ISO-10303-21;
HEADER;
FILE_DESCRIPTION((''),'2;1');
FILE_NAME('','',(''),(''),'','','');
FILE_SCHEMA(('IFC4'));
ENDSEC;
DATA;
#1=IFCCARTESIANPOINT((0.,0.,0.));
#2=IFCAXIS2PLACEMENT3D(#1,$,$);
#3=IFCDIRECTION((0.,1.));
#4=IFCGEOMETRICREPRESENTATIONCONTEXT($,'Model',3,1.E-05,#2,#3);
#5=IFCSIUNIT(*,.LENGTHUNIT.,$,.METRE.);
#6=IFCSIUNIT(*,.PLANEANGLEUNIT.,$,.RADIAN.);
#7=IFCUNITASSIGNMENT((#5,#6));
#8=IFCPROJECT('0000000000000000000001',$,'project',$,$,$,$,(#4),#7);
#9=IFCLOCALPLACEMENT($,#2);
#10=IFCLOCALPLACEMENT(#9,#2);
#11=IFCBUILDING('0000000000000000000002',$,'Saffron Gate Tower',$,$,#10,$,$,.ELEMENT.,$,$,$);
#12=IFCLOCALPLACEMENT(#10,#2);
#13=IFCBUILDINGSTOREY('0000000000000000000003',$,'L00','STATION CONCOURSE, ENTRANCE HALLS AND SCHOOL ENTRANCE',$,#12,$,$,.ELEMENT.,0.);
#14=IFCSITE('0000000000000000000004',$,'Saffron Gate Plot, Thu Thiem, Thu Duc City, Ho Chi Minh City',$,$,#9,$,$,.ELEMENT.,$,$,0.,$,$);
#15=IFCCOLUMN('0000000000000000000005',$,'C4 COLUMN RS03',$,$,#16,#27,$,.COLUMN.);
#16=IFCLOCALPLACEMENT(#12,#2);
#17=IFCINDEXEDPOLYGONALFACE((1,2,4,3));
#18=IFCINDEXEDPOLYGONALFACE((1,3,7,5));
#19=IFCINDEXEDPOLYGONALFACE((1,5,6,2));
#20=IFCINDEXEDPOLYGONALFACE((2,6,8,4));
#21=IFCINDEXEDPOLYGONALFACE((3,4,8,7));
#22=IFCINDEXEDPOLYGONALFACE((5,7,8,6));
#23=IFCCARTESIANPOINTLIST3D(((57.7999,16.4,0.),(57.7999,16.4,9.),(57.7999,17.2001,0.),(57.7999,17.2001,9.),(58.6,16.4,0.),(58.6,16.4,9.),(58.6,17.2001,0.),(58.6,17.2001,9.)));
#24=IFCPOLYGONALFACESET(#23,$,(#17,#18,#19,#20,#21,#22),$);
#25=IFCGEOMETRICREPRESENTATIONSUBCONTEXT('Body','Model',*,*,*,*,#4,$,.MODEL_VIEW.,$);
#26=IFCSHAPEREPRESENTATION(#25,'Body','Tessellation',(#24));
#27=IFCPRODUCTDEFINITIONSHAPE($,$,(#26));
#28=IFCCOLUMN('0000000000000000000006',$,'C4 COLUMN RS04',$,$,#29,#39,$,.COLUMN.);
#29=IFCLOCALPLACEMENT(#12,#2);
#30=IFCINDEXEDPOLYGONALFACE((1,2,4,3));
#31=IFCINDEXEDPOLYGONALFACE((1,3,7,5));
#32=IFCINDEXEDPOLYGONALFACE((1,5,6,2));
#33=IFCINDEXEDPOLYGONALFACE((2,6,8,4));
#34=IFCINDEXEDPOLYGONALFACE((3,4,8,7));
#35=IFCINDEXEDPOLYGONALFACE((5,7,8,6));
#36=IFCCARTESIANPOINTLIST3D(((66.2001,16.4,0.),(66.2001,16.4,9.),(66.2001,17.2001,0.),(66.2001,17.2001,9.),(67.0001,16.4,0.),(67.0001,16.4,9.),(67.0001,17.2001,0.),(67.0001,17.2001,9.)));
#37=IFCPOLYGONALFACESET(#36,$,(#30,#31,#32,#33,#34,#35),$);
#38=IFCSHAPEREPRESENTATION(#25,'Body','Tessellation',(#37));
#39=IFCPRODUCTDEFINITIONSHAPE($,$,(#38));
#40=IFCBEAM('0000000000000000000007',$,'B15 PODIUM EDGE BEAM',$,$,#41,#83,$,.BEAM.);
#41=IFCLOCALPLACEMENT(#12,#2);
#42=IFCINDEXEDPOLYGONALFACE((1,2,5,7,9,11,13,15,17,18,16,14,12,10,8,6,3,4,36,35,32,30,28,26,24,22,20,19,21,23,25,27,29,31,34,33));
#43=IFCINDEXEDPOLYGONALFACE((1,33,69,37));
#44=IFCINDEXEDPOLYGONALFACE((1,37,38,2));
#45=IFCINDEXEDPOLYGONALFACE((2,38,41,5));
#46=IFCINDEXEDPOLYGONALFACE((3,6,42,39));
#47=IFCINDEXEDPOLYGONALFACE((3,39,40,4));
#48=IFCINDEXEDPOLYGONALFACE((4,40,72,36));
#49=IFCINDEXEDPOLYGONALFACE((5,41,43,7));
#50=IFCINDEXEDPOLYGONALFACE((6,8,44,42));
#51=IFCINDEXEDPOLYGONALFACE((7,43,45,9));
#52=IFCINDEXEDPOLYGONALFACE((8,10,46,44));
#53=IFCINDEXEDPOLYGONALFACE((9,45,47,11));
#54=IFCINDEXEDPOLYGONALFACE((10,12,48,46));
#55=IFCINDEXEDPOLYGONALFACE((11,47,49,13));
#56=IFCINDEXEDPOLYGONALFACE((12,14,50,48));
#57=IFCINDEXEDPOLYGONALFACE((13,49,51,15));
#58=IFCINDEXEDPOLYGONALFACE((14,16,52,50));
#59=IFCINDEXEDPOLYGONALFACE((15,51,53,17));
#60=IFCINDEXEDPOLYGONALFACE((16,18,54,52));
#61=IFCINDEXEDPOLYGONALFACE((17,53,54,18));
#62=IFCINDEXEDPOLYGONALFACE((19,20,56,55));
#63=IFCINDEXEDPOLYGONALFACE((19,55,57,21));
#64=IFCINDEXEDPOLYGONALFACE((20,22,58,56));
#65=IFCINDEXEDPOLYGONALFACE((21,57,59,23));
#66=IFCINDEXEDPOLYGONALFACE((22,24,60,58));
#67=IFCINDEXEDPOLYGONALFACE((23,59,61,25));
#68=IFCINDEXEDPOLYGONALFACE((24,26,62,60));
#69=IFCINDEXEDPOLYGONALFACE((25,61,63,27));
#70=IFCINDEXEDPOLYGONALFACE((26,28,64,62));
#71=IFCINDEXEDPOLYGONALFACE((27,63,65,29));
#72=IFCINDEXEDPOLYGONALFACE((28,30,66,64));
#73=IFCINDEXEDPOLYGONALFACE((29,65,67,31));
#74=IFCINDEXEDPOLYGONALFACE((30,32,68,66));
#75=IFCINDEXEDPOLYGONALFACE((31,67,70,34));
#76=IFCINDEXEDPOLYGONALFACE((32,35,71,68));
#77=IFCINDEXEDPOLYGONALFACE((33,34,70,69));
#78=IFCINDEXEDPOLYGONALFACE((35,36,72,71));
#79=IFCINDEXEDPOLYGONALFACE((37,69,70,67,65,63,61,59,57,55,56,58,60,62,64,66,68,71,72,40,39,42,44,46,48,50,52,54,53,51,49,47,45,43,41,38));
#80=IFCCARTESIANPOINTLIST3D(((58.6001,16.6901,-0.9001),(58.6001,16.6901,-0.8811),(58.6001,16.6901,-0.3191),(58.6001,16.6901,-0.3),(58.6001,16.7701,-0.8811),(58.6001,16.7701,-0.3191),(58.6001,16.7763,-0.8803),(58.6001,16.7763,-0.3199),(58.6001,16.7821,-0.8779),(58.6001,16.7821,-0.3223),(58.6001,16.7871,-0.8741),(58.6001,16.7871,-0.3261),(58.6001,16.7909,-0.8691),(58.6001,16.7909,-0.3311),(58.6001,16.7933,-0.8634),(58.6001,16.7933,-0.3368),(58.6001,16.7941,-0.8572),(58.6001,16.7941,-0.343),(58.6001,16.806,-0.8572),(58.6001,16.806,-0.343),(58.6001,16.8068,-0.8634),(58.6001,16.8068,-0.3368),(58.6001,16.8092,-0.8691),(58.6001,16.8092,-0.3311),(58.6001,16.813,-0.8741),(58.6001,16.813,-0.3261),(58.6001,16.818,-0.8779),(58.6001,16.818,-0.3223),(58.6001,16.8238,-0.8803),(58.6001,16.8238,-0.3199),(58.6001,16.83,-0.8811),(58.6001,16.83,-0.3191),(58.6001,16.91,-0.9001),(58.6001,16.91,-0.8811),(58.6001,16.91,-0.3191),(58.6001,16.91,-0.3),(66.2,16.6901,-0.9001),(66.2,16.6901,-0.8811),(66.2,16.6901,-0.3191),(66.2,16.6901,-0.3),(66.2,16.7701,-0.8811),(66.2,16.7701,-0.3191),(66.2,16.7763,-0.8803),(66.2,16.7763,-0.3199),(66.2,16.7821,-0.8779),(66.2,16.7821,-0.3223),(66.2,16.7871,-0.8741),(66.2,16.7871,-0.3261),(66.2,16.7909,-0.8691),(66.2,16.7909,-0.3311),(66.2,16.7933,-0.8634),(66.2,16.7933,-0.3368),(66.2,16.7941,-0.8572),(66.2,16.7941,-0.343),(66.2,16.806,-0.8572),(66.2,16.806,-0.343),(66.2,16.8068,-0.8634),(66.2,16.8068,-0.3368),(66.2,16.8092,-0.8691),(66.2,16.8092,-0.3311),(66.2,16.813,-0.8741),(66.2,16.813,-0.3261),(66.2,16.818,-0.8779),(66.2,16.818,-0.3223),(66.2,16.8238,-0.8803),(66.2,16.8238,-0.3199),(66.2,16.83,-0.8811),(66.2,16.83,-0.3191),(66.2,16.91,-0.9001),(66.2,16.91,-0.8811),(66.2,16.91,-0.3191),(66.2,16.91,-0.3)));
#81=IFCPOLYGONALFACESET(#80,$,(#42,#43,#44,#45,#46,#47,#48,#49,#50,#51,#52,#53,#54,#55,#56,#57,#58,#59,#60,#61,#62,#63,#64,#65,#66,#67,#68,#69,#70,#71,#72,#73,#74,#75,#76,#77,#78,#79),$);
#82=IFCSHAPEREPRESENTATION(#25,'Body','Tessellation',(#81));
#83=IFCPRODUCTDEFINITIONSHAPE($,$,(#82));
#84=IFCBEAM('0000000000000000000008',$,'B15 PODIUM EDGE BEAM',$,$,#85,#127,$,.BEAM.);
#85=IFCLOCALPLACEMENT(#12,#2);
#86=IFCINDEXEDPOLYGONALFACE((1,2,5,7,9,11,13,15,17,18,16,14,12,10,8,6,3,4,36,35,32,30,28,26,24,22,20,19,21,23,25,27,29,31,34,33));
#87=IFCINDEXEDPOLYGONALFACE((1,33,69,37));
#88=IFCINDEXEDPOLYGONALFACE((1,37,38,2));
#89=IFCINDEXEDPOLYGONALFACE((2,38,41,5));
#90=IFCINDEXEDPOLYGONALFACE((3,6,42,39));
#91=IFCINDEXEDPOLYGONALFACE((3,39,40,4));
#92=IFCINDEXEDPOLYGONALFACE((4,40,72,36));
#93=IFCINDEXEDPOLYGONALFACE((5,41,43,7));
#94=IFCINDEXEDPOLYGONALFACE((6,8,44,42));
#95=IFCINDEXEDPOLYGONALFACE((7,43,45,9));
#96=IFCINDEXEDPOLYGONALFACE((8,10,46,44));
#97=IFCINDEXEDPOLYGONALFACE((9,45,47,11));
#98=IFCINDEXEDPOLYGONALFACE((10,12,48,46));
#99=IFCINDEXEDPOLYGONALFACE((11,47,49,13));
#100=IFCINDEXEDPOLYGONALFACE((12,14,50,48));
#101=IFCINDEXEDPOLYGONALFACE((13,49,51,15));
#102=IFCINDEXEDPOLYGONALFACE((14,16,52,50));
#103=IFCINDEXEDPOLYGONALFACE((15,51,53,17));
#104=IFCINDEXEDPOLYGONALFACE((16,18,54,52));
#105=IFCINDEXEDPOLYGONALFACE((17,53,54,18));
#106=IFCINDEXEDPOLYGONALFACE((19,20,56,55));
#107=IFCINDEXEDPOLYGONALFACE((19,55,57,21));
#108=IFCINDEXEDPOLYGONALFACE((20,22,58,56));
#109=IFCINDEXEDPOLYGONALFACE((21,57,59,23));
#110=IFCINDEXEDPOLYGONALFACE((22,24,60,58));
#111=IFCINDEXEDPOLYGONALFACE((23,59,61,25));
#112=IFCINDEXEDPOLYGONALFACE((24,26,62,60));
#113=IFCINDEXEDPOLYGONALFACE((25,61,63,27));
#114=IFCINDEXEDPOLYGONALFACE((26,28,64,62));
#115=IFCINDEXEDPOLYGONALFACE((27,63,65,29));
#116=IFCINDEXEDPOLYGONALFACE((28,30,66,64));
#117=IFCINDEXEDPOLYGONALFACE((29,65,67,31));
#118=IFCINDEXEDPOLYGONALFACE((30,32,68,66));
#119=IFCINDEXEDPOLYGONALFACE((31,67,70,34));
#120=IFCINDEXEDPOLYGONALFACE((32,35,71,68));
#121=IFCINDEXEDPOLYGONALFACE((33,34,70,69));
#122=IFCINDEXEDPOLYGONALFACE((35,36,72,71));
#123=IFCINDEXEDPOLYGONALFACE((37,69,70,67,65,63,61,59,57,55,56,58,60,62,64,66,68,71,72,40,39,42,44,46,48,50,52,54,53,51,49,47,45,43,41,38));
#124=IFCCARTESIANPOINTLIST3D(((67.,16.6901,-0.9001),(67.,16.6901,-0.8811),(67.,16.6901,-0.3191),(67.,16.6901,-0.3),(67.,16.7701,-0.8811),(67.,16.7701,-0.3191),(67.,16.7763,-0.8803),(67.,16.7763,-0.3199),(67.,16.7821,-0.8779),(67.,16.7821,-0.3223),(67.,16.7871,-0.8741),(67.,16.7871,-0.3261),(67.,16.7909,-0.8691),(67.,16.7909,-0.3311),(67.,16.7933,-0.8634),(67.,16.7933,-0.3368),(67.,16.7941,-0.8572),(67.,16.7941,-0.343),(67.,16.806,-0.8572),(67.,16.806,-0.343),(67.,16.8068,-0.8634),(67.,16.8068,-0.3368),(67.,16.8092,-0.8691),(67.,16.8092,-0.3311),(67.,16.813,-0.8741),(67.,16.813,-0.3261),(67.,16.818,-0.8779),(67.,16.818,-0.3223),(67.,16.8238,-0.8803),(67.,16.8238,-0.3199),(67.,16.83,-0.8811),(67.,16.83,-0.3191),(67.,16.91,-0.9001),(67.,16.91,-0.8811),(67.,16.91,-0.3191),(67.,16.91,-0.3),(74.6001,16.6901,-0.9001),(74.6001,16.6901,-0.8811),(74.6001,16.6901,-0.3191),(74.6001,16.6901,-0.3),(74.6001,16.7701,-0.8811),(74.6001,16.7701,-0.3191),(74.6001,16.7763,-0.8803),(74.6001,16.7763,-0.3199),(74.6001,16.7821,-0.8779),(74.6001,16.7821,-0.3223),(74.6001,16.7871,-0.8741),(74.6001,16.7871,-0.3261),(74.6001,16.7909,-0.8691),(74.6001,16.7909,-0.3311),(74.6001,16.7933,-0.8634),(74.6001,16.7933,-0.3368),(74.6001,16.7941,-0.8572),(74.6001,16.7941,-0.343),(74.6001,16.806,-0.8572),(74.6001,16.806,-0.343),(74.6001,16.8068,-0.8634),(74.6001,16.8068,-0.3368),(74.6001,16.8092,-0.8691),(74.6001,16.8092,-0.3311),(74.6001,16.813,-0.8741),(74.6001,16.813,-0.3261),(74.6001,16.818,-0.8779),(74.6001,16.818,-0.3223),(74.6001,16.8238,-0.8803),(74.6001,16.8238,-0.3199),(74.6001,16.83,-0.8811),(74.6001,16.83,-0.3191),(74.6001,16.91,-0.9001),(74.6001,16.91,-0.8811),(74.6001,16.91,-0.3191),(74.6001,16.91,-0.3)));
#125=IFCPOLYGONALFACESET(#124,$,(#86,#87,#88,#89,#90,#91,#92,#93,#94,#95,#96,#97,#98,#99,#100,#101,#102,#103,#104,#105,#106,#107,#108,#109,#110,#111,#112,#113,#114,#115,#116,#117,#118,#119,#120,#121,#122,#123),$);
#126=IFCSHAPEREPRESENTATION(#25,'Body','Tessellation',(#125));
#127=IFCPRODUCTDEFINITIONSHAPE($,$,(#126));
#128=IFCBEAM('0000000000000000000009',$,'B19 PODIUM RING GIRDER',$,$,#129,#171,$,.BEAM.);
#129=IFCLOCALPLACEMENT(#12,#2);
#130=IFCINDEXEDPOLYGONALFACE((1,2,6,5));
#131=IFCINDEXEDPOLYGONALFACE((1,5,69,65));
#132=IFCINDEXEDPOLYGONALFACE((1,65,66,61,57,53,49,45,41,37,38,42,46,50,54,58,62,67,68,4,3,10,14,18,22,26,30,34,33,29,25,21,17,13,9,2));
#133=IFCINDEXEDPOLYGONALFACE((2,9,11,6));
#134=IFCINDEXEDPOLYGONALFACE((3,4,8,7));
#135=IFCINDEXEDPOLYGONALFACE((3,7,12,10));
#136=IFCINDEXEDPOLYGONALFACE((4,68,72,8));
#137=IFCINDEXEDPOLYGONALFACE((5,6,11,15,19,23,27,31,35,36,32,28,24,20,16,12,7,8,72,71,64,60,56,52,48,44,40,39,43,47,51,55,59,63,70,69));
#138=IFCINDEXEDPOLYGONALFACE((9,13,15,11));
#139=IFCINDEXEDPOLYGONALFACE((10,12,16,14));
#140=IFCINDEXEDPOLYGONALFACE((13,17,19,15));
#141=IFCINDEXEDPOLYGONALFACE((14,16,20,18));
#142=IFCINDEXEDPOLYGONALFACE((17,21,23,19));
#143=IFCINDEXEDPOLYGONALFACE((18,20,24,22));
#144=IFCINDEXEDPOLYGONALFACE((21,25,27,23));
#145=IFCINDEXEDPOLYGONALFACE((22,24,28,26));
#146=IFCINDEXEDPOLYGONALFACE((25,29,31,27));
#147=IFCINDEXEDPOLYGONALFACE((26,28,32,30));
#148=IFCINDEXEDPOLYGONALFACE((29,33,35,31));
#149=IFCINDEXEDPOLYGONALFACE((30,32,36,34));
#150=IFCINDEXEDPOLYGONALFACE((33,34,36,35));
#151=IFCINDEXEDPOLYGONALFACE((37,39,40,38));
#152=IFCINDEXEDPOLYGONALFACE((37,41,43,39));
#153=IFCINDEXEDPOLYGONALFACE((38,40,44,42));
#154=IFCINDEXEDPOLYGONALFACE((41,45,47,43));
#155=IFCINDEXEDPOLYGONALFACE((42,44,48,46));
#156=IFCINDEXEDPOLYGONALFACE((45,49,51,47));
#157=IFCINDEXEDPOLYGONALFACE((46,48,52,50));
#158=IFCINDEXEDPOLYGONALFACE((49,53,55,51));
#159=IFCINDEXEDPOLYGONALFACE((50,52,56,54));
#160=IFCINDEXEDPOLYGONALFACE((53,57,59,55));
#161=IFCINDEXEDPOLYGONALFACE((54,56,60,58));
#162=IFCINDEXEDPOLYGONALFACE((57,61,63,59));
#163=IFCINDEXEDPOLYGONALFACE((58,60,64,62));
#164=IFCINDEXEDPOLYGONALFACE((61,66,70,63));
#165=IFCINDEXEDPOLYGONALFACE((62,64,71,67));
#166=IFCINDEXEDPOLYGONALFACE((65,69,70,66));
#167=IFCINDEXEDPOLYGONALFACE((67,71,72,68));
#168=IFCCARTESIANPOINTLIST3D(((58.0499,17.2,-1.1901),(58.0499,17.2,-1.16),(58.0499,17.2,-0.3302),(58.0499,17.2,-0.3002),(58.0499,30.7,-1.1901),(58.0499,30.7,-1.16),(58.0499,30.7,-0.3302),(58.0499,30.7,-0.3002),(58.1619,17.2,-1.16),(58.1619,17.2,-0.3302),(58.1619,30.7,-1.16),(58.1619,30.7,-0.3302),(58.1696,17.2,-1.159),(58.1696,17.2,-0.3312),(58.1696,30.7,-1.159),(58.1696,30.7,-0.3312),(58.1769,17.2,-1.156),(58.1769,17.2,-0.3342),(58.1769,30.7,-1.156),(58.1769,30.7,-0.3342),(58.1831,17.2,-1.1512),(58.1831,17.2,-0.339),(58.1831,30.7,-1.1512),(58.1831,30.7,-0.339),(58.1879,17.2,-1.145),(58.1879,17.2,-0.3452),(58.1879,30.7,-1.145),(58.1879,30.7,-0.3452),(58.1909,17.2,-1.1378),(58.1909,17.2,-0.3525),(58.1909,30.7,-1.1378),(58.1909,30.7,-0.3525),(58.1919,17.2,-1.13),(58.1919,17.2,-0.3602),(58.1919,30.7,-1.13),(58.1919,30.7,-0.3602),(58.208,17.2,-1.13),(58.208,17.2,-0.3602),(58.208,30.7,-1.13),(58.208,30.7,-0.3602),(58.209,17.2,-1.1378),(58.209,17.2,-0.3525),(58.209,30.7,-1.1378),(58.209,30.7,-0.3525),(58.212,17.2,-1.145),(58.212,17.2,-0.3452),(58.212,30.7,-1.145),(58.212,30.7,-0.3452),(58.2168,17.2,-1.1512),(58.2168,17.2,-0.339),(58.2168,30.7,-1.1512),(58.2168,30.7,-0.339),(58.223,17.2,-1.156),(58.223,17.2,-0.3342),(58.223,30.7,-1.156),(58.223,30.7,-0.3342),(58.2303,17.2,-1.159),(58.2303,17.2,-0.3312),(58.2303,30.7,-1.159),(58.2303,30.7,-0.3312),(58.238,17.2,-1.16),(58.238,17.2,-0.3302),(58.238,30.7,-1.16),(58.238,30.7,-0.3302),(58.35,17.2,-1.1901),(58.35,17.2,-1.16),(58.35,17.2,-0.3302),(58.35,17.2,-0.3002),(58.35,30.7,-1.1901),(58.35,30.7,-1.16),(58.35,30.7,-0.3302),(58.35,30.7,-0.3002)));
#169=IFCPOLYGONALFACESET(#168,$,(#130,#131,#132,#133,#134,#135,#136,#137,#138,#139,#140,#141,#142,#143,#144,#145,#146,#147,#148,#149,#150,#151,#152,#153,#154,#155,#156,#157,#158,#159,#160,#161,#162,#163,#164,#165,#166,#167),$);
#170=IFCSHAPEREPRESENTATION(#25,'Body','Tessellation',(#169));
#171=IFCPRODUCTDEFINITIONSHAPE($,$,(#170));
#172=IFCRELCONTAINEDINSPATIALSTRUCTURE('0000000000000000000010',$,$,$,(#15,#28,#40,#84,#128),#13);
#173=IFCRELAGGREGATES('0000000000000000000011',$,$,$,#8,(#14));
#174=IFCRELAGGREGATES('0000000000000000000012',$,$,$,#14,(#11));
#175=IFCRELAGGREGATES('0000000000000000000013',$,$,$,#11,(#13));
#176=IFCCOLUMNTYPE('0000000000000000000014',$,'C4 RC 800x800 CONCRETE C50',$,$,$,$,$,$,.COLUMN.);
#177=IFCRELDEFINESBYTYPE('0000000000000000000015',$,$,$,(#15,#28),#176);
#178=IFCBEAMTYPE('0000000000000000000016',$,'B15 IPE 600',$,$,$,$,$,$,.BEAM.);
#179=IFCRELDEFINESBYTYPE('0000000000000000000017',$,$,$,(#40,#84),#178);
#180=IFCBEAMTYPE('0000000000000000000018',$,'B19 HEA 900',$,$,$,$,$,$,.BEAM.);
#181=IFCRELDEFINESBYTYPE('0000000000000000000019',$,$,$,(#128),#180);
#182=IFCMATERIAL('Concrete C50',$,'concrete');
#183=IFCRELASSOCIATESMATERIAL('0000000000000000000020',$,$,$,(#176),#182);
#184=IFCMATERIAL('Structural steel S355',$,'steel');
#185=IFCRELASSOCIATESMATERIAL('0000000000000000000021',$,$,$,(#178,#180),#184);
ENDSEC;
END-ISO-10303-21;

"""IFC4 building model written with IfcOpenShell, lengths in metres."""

from ifc_helpers import new_model, si_unit, direction, frame, origin, origin_2d, place, context, subcontext, project, spatial, rectangle, i_section, extrude, material, material_profile, profile_set, type_object, element, save


model = new_model("IFC4")

# Units and contexts
model_context = context("Model", 3, precision=1e-05, world=origin(), true_north=direction((0.0, 1.0)))
body_context = subcontext(model_context, "Body", "Model", "MODEL_VIEW")
ifc_project = project(units=[si_unit("LENGTHUNIT", "METRE"), si_unit("PLANEANGLEUNIT", "RADIAN")], contexts=[model_context])

# Site, building, storey
site_placement = place(None, origin())
site = spatial("IfcSite", under=ifc_project, at=site_placement, Name="Saffron Gate Plot, Thu Thiem, Thu Duc City, Ho Chi Minh City", CompositionType="ELEMENT", RefElevation=0.0)
building_placement = place(site_placement, origin())
building = spatial("IfcBuilding", under=site, at=building_placement, Name="Saffron Gate Tower", CompositionType="ELEMENT")
storey_placement = place(building_placement, origin())
storey = spatial("IfcBuildingStorey", under=building, at=storey_placement, Name="L00", Description="STATION CONCOURSE, ENTRANCE HALLS AND SCHOOL ENTRANCE", CompositionType="ELEMENT", Elevation=0.0)

# Columns
ifc_material_1 = material(Name="Concrete C50", Category="concrete")
ifc_material_profile_1 = material_profile(ifc_material_1, rectangle(XDim=0.8, YDim=0.8, at=origin_2d()))
ifc_profile_set_1 = profile_set([ifc_material_profile_1], Name="Concrete C50")
column_type = type_object("IfcColumnType", Name="C4 RC 800x800 CONCRETE C50", PredefinedType="COLUMN", material=ifc_profile_set_1)
for number, where, z_axis, x_axis, name in (
    (1, (58.2, 16.8, 0.0), (0.0, 0.0, 1.0), (1.0, 0.0, 0.0), "C4 COLUMN RS03"),
    (2, (66.6001, 16.8, 0.0), (0.0, 0.0, 1.0), (1.0, 0.0, 0.0), "C4 COLUMN RS04"),
):
    element("IfcColumn", number, at=place(storey_placement, frame(where, z_axis=z_axis, x_axis=x_axis)), inside=storey, type_object=column_type, Name=name, PredefinedType="COLUMN", context=body_context, shape_type="SweptSolid", body=[
        extrude(rectangle(XDim=0.8, YDim=0.8, at=origin_2d()), origin(), (0.0, 0.0, 1.0), 9.0),
    ])

# Beams
ifc_material_2 = material(Name="Structural steel S355", Category="steel")
ifc_material_profile_2 = material_profile(ifc_material_2, i_section(OverallWidth=0.22, OverallDepth=0.6001, WebThickness=0.012, FlangeThickness=0.019, FilletRadius=0.0239, at=origin_2d()))
ifc_profile_set_2 = profile_set([ifc_material_profile_2], Name="Structural steel S355")
beam_type_1 = type_object("IfcBeamType", Name="B15 IPE 600", PredefinedType="BEAM", material=ifc_profile_set_2)
beam_1_placement = place(storey_placement, frame((58.6001, 16.8, -0.6001), z_axis=(1.0, 0.0, 0.0), x_axis=(0.0, 1.0, 0.0)))
element("IfcBeam", 3, at=beam_1_placement, inside=storey, type_object=beam_type_1, Name="B15 PODIUM EDGE BEAM", PredefinedType="BEAM", context=body_context, shape_type="SweptSolid", body=[
    extrude(i_section(OverallWidth=0.22, OverallDepth=0.6001, WebThickness=0.012, FlangeThickness=0.019, FilletRadius=0.0239, at=origin_2d()), origin(), (0.0, 0.0, 1.0), 7.5999),
])
beam_2_placement = place(storey_placement, frame((67.0, 16.8, -0.6001), z_axis=(1.0, 0.0, 0.0), x_axis=(0.0, 1.0, 0.0)))
element("IfcBeam", 4, at=beam_2_placement, inside=storey, type_object=beam_type_1, Name="B15 PODIUM EDGE BEAM", PredefinedType="BEAM", context=body_context, shape_type="SweptSolid", body=[
    extrude(i_section(OverallWidth=0.22, OverallDepth=0.6001, WebThickness=0.012, FlangeThickness=0.019, FilletRadius=0.0239, at=origin_2d()), origin(), (0.0, 0.0, 1.0), 7.6001),
])
ifc_material_profile_3 = material_profile(ifc_material_2, i_section(OverallWidth=0.3, OverallDepth=0.8899, WebThickness=0.0161, FlangeThickness=0.03, FilletRadius=0.03, at=origin_2d()))
ifc_profile_set_3 = profile_set([ifc_material_profile_3], Name="Structural steel S355")
beam_type_2 = type_object("IfcBeamType", Name="B19 HEA 900", PredefinedType="BEAM", material=ifc_profile_set_3)
beam_3_placement = place(storey_placement, frame((58.2, 17.2, -0.7451), z_axis=(0.0, 1.0, 0.0), x_axis=(-1.0, 0.0, 0.0)))
element("IfcBeam", 5, at=beam_3_placement, inside=storey, type_object=beam_type_2, Name="B19 PODIUM RING GIRDER", PredefinedType="BEAM", context=body_context, shape_type="SweptSolid", body=[
    extrude(i_section(OverallWidth=0.3, OverallDepth=0.8899, WebThickness=0.0161, FlangeThickness=0.03, FilletRadius=0.03, at=origin_2d()), origin(), (0.0, 0.0, 1.0), 13.5),
])

save(model, "model.ifc")
